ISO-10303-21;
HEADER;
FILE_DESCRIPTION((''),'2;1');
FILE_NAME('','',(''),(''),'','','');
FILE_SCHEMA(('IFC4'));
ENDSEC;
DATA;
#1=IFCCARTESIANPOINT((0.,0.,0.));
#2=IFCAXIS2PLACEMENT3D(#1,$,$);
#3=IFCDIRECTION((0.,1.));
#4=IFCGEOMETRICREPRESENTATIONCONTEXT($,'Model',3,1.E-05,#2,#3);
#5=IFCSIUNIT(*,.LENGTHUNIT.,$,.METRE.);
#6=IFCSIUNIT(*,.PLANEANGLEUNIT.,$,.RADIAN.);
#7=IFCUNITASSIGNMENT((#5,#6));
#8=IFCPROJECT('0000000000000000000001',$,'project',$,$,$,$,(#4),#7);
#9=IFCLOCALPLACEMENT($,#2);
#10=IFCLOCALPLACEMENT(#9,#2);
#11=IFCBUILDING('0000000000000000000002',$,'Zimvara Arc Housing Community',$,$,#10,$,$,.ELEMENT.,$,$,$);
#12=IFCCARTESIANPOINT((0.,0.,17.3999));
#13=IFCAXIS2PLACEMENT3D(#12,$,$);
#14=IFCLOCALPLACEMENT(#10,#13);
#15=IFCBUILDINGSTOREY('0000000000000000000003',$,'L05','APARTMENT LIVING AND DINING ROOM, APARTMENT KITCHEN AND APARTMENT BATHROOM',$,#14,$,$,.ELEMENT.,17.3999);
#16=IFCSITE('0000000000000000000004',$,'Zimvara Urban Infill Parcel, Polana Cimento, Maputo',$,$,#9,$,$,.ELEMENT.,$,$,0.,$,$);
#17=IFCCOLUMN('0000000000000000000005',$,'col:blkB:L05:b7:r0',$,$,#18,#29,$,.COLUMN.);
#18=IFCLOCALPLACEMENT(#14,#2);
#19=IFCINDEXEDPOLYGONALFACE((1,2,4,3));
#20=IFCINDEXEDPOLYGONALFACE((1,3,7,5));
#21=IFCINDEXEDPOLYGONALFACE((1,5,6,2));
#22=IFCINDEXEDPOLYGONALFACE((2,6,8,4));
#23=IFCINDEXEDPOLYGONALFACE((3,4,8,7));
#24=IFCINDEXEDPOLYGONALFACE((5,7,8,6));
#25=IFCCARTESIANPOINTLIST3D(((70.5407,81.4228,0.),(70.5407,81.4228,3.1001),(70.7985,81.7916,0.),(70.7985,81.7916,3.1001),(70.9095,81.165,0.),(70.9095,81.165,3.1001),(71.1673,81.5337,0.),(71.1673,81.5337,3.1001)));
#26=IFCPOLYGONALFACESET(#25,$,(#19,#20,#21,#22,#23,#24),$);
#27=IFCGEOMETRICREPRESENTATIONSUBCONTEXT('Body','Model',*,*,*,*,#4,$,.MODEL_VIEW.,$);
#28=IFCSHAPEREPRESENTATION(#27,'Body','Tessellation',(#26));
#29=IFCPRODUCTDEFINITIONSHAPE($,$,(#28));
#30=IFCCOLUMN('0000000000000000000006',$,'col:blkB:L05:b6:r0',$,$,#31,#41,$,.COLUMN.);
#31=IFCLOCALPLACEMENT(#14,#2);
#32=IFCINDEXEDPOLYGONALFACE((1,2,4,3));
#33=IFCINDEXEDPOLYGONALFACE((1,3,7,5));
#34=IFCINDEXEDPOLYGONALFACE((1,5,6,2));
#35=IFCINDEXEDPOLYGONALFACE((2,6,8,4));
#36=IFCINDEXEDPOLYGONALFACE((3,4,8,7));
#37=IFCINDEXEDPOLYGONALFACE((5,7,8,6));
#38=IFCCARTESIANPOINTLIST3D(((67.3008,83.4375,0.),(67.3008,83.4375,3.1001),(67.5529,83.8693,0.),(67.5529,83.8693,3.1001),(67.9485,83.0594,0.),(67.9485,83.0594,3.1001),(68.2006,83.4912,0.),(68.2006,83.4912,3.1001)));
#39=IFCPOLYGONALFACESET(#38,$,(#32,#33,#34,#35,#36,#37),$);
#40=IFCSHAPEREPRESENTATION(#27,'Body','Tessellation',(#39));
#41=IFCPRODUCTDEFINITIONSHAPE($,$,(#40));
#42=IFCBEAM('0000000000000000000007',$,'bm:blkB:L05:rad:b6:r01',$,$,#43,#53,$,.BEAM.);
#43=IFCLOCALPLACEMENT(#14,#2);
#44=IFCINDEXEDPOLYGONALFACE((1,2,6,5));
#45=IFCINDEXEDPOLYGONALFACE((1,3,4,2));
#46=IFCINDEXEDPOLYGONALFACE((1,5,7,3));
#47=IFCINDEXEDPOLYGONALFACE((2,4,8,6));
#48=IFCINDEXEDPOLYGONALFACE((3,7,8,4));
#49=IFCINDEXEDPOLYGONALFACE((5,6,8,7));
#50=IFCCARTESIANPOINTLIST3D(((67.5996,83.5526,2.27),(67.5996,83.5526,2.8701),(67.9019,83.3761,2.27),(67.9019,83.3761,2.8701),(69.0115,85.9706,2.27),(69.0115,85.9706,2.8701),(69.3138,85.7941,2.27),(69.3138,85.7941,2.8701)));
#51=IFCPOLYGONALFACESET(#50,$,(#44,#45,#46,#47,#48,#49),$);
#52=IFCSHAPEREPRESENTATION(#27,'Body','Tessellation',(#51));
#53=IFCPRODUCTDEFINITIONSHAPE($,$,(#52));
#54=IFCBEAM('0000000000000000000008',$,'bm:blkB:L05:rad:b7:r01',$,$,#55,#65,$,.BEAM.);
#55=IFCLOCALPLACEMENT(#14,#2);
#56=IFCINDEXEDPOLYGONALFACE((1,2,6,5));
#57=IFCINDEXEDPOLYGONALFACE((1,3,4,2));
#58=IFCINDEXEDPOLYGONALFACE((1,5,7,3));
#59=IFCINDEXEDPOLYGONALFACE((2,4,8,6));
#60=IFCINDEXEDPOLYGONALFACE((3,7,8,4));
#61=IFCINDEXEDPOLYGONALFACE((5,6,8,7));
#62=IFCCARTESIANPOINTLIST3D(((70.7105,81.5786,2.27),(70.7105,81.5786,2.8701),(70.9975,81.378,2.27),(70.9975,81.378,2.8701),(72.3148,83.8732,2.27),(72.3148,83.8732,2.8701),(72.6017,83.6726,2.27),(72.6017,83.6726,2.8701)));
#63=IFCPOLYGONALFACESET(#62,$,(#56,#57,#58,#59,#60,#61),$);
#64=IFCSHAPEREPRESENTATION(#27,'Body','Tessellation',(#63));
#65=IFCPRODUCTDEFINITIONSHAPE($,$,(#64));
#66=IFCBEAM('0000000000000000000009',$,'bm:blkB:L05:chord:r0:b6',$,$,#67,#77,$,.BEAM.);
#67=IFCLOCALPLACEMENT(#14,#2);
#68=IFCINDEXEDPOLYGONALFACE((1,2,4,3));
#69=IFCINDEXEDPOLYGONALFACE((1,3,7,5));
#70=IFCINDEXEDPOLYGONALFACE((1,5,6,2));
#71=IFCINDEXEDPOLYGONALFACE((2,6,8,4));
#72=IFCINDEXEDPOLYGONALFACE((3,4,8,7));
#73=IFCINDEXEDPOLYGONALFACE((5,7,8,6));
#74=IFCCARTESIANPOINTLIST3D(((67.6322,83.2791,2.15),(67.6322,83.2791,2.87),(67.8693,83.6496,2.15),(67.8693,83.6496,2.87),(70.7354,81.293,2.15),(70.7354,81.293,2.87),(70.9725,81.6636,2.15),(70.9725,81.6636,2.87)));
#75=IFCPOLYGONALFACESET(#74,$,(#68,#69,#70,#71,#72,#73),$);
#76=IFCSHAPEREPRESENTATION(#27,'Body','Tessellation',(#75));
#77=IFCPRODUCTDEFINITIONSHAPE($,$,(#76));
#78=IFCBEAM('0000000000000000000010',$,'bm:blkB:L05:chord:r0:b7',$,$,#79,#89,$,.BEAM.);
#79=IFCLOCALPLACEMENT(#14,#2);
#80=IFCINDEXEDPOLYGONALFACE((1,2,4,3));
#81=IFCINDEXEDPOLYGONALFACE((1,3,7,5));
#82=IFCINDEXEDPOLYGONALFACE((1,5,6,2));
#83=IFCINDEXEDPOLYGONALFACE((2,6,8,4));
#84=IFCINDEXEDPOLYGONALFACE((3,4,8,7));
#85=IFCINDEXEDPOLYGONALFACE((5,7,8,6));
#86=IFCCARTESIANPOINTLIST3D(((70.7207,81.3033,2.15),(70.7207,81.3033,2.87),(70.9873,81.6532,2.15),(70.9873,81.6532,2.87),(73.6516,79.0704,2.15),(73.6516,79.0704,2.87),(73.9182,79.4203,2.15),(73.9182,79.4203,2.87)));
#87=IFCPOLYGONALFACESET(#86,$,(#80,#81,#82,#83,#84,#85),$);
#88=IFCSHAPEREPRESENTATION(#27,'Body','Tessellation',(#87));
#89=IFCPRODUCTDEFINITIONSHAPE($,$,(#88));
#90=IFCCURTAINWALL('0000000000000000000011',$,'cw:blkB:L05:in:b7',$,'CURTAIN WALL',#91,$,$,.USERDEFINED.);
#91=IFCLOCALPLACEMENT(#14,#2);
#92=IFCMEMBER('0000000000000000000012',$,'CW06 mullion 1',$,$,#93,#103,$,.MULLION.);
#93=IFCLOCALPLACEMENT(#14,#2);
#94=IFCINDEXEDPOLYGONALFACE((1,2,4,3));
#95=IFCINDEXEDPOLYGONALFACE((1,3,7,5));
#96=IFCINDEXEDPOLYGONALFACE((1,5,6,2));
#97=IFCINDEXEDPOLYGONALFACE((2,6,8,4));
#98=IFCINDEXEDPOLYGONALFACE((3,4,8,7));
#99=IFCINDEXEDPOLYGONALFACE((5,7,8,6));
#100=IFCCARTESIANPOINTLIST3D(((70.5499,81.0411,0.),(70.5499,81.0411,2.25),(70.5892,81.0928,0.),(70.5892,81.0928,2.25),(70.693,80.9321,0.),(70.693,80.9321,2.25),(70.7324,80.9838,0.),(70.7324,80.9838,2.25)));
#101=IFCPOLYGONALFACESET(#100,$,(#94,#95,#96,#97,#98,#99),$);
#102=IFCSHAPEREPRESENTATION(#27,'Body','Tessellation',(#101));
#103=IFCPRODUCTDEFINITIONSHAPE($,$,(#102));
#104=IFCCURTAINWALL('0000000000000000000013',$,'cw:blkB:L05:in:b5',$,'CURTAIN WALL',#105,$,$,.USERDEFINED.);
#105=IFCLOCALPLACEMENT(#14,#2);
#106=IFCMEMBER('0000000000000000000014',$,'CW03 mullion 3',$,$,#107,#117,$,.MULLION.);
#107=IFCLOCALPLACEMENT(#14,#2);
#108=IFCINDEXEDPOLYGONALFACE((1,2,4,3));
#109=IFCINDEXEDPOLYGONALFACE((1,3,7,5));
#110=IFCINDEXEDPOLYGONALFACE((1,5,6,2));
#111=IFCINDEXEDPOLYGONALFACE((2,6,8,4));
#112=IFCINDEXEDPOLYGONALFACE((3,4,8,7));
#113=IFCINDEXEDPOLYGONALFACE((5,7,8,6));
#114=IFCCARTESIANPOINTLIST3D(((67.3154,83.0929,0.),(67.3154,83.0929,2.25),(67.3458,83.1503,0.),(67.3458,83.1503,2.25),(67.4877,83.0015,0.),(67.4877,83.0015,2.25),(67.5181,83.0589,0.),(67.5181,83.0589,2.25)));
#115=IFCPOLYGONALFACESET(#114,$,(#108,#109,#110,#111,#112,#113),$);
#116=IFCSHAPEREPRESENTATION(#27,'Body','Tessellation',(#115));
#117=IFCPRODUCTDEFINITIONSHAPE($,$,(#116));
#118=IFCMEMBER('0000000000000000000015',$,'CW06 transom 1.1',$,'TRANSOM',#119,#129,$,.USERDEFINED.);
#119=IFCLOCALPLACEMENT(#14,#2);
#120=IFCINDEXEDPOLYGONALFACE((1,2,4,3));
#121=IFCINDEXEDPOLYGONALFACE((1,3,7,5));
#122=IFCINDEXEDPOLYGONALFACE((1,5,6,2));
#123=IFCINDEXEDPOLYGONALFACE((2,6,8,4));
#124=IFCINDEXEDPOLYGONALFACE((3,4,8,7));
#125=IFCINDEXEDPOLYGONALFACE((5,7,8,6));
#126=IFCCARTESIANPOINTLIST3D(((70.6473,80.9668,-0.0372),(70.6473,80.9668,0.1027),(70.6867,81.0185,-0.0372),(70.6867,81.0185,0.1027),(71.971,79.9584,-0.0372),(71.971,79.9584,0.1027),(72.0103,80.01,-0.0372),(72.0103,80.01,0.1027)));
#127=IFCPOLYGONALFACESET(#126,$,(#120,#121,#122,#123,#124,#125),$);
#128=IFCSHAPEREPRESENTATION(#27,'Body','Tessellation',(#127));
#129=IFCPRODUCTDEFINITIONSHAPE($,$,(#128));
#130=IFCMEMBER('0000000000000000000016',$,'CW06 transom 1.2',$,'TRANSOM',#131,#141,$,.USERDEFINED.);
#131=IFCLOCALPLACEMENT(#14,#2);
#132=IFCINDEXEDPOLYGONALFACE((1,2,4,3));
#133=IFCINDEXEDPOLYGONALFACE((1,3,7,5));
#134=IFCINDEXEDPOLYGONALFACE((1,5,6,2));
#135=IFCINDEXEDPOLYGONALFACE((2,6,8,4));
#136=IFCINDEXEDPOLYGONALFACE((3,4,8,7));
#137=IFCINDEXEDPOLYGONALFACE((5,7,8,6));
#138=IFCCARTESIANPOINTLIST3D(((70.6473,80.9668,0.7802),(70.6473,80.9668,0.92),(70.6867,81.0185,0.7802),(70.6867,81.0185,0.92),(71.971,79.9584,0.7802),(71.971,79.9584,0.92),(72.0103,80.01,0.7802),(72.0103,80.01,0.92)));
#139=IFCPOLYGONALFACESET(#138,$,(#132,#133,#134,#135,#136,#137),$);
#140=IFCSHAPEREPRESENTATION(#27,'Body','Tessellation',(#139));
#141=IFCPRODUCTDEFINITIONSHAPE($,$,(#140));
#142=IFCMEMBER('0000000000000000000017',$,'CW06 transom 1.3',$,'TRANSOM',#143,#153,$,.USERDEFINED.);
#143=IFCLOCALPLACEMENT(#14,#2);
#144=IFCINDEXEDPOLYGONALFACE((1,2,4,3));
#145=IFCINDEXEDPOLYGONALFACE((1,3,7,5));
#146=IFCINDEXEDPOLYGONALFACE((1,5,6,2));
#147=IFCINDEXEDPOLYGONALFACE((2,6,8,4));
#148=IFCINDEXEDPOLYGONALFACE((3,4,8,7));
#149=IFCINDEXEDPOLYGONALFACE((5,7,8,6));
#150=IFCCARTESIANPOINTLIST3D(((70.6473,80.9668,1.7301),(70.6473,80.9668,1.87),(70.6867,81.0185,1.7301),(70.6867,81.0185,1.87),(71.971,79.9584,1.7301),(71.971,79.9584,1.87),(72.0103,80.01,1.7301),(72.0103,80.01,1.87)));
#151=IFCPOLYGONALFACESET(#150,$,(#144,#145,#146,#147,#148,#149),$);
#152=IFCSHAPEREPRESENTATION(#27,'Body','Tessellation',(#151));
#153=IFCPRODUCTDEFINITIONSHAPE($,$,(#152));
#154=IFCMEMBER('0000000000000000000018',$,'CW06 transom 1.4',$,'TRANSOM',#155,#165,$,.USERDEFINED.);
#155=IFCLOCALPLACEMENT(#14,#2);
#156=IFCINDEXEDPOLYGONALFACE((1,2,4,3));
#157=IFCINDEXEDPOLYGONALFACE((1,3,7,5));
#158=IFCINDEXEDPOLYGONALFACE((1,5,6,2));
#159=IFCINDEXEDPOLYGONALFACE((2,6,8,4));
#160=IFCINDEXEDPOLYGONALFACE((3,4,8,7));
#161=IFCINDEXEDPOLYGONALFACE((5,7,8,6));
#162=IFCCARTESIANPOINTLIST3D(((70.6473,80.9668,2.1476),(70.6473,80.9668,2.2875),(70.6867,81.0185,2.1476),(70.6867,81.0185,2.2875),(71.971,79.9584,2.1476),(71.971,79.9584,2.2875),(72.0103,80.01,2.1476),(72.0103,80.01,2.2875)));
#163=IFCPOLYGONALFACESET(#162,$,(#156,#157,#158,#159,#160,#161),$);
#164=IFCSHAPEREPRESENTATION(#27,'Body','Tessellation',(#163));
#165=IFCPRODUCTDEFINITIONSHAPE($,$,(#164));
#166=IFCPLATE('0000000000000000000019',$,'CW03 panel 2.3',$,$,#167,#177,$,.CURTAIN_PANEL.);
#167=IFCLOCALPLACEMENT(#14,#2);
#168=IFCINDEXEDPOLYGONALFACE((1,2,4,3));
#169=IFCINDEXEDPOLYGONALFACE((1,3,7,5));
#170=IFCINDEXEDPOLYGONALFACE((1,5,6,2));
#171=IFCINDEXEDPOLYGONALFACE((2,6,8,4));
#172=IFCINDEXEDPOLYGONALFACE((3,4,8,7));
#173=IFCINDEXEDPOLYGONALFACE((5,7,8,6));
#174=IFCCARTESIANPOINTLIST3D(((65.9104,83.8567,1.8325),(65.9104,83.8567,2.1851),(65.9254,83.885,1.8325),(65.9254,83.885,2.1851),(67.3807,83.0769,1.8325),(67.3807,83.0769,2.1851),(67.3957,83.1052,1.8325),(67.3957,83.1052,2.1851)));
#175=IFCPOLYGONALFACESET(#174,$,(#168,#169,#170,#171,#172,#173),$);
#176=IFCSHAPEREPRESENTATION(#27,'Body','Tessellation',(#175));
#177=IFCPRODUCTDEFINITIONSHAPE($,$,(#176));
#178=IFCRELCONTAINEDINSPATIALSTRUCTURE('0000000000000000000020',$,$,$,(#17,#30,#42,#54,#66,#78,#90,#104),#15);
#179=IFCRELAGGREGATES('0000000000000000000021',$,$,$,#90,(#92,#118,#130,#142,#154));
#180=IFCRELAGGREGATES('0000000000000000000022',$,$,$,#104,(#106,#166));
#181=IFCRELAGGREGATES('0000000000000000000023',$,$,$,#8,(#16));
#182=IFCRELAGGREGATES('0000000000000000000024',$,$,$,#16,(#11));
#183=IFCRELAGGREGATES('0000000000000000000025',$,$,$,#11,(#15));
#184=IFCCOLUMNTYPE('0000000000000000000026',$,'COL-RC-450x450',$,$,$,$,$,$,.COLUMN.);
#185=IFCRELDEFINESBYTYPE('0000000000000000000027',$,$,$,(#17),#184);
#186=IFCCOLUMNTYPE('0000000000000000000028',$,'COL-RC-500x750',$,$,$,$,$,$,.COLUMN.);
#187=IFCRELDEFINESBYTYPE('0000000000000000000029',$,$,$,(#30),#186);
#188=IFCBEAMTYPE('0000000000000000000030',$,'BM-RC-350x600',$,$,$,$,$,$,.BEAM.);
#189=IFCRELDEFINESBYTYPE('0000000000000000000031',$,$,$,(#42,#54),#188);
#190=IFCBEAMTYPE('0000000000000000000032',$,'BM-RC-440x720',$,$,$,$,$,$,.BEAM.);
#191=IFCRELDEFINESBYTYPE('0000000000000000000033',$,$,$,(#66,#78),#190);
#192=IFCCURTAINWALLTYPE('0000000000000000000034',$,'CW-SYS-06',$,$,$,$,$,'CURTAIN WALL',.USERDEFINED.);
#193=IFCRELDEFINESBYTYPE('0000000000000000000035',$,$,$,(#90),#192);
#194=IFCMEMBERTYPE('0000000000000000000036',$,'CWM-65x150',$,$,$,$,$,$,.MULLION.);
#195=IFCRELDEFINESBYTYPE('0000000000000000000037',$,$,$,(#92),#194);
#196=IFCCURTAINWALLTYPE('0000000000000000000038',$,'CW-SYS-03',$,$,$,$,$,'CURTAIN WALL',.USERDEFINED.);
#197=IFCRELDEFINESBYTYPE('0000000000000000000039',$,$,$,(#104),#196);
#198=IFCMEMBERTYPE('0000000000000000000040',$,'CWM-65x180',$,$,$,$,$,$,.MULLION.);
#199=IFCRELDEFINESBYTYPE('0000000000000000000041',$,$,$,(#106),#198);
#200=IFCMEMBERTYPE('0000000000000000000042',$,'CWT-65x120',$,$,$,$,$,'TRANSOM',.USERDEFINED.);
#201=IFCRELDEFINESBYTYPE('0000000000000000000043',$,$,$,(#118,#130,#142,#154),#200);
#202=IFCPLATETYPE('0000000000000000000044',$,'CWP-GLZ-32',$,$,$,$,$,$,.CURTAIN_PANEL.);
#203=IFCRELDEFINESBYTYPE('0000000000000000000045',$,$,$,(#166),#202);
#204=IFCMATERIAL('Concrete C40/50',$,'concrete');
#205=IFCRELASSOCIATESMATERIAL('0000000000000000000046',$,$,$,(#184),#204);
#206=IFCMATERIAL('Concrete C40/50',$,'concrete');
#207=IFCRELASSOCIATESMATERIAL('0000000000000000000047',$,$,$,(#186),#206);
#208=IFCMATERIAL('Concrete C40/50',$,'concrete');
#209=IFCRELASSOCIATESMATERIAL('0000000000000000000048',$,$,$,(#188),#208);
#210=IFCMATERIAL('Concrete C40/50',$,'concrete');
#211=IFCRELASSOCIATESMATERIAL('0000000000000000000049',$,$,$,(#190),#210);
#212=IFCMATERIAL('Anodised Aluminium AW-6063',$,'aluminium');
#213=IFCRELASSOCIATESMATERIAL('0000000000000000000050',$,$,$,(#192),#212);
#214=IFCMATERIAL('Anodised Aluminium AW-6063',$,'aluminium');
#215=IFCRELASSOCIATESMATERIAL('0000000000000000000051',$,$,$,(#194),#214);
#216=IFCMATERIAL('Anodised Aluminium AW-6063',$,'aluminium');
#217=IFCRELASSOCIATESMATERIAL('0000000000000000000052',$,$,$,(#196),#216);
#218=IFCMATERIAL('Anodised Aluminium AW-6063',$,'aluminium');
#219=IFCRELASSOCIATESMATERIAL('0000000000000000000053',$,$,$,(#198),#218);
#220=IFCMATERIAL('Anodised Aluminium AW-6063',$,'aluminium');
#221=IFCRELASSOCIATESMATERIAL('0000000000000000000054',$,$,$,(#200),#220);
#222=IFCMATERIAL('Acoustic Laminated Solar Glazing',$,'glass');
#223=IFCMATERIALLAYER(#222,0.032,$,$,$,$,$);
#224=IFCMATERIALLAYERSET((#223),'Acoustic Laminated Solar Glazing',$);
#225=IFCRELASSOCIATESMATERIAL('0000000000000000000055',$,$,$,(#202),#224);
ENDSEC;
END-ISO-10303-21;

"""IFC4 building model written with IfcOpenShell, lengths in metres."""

from ifc_helpers import new_model, si_unit, direction, frame, origin, origin_2d, place, context, subcontext, project, spatial, rectangle, extrude, material, layer, layer_set, material_profile, profile_set, type_object, element, aggregate, save


model = new_model("IFC4")

# Units and contexts
model_context = context("Model", 3, precision=1e-05, world=origin(), true_north=direction((0.0, 1.0)))
body_context = subcontext(model_context, "Body", "Model", "MODEL_VIEW")
ifc_project = project(units=[si_unit("LENGTHUNIT", "METRE"), si_unit("PLANEANGLEUNIT", "RADIAN")], contexts=[model_context])

# Site, building, storey
site_placement = place(None, origin())
site = spatial("IfcSite", under=ifc_project, at=site_placement, Name="Zimvara Urban Infill Parcel, Polana Cimento, Maputo", CompositionType="ELEMENT", RefElevation=0.0)
building_placement = place(site_placement, origin())
building = spatial("IfcBuilding", under=site, at=building_placement, Name="Zimvara Arc Housing Community", CompositionType="ELEMENT")
storey_placement = place(building_placement, frame((0.0, 0.0, 17.3999)))
storey = spatial("IfcBuildingStorey", under=building, at=storey_placement, Name="L05", Description="APARTMENT LIVING AND DINING ROOM, APARTMENT KITCHEN AND APARTMENT BATHROOM", CompositionType="ELEMENT", Elevation=17.3999)

# Columns
ifc_material_1 = material(Name="Concrete C40/50", Category="concrete")
ifc_material_profile_1 = material_profile(ifc_material_1, rectangle(XDim=0.45, YDim=0.45, at=origin_2d()), Name="RC 450x450")
ifc_profile_set_1 = profile_set([ifc_material_profile_1], Name="Concrete C40/50")
column_type_1 = type_object("IfcColumnType", Name="COL-RC-450x450", PredefinedType="COLUMN", material=ifc_profile_set_1)
column_1_placement = place(storey_placement, frame((70.854, 81.4783, 0.0), z_axis=(0.0, 0.0, 1.0), x_axis=(0.573004, 0.819552, 0.0)))
element("IfcColumn", 1, at=column_1_placement, inside=storey, type_object=column_type_1, Name="col:blkB:L05:b7:r0", PredefinedType="COLUMN", context=body_context, shape_type="SweptSolid", body=[
    extrude(rectangle(XDim=0.45, YDim=0.45, at=origin_2d()), origin(), (0.0, 0.0, 1.0), 3.1001),
])
ifc_material_2 = material(Name="Concrete C40/50", Category="concrete")
ifc_material_profile_2 = material_profile(ifc_material_2, rectangle(XDim=0.5, YDim=0.75, at=origin_2d()), Name="RC 500x750")
ifc_profile_set_2 = profile_set([ifc_material_profile_2], Name="Concrete C40/50")
column_type_2 = type_object("IfcColumnType", Name="COL-RC-500x750", PredefinedType="COLUMN", material=ifc_profile_set_2)
column_2_placement = place(storey_placement, frame((67.7507, 83.4644, 0.0), z_axis=(0.0, 0.0, 1.0), x_axis=(0.504226, 0.863572, 0.0)))
element("IfcColumn", 2, at=column_2_placement, inside=storey, type_object=column_type_2, Name="col:blkB:L05:b6:r0", PredefinedType="COLUMN", context=body_context, shape_type="SweptSolid", body=[
    extrude(rectangle(XDim=0.5, YDim=0.75, at=origin_2d()), origin(), (0.0, 0.0, 1.0), 3.1001),
])

# Beams
ifc_material_3 = material(Name="Concrete C40/50", Category="concrete")
ifc_material_profile_3 = material_profile(ifc_material_3, rectangle(XDim=0.3501, YDim=0.6001, at=origin_2d()), Name="RC 350x600")
ifc_profile_set_3 = profile_set([ifc_material_profile_3], Name="Concrete C40/50")
beam_type_1 = type_object("IfcBeamType", Name="BM-RC-350x600", PredefinedType="BEAM", material=ifc_profile_set_3)
beam_1_placement = place(storey_placement, frame((67.7507, 83.4644, 2.5701), z_axis=(0.50424, 0.863564, 0.0), x_axis=(-0.863564, 0.50424, 0.0)))
element("IfcBeam", 3, at=beam_1_placement, inside=storey, type_object=beam_type_1, Name="bm:blkB:L05:rad:b6:r01", PredefinedType="BEAM", context=body_context, shape_type="SweptSolid", body=[
    extrude(rectangle(XDim=0.3501, YDim=0.6001, at=origin_2d()), origin(), (0.0, 0.0, 1.0), 2.8),
])
beam_2_placement = place(storey_placement, frame((70.854, 81.4783, 2.5701), z_axis=(0.572977, 0.819572, 0.0), x_axis=(-0.819572, 0.572977, 0.0)))
element("IfcBeam", 4, at=beam_2_placement, inside=storey, type_object=beam_type_1, Name="bm:blkB:L05:rad:b7:r01", PredefinedType="BEAM", context=body_context, shape_type="SweptSolid", body=[
    extrude(rectangle(XDim=0.3501, YDim=0.6001, at=origin_2d()), origin(), (0.0, 0.0, 1.0), 2.7998),
])
ifc_material_4 = material(Name="Concrete C40/50", Category="concrete")
ifc_material_profile_4 = material_profile(ifc_material_4, rectangle(XDim=0.4399, YDim=0.72, at=origin_2d()), Name="RC 440x720")
ifc_profile_set_4 = profile_set([ifc_material_profile_4], Name="Concrete C40/50")
beam_type_2 = type_object("IfcBeamType", Name="BM-RC-440x720", PredefinedType="BEAM", material=ifc_profile_set_4)
beam_3_placement = place(storey_placement, frame((67.7507, 83.4644, 2.51), z_axis=(0.842273, -0.539052, 0.0), x_axis=(0.539052, 0.842273, 0.0)))
element("IfcBeam", 5, at=beam_3_placement, inside=storey, type_object=beam_type_2, Name="bm:blkB:L05:chord:r0:b6", PredefinedType="BEAM", context=body_context, shape_type="SweptSolid", body=[
    extrude(rectangle(XDim=0.4399, YDim=0.72, at=origin_2d()), origin(), (0.0, 0.0, 1.0), 3.6843),
])
beam_4_placement = place(storey_placement, frame((70.854, 81.4783, 2.51), z_axis=(0.795453, -0.606015, 0.0), x_axis=(0.606015, 0.795453, 0.0)))
element("IfcBeam", 6, at=beam_4_placement, inside=storey, type_object=beam_type_2, Name="bm:blkB:L05:chord:r0:b7", PredefinedType="BEAM", context=body_context, shape_type="SweptSolid", body=[
    extrude(rectangle(XDim=0.4399, YDim=0.72, at=origin_2d()), origin(), (0.0, 0.0, 1.0), 3.6846),
])

# Curtain walls, members
ifc_material_5 = material(Name="Anodised Aluminium AW-6063", Category="aluminium")
curtain_wall_type_1 = type_object("IfcCurtainWallType", Name="CW-SYS-06", ElementType="CURTAIN WALL", PredefinedType="USERDEFINED", material=ifc_material_5)
curtain_wall_1_placement = place(storey_placement, origin())
curtain_wall_1 = element("IfcCurtainWall", 7, at=curtain_wall_1_placement, inside=storey, type_object=curtain_wall_type_1, Name="cw:blkB:L05:in:b7", ObjectType="CURTAIN WALL", PredefinedType="USERDEFINED")
ifc_material_6 = material(Name="Anodised Aluminium AW-6063", Category="aluminium")
ifc_material_profile_5 = material_profile(ifc_material_6, rectangle(XDim=0.0649, YDim=0.1799, at=origin_2d()), Name="ALU 65x180")
ifc_profile_set_5 = profile_set([ifc_material_profile_5], Name="Anodised Aluminium AW-6063")
member_type_1 = type_object("IfcMemberType", Name="CWM-65x150", PredefinedType="MULLION", material=ifc_profile_set_5)
member_1_placement = place(storey_placement, frame((70.6411, 81.0125, 0.0), z_axis=(0.0, 0.0, 1.0), x_axis=(0.605988, 0.795474, 0.0)))
member_1 = element("IfcMember", 8, at=member_1_placement, type_object=member_type_1, Name="CW06 mullion 1", PredefinedType="MULLION", context=body_context, shape_type="SweptSolid", body=[
    extrude(rectangle(XDim=0.0649, YDim=0.1799, at=origin_2d()), origin(), (0.0, 0.0, 1.0), 2.25),
])
ifc_material_7 = material(Name="Anodised Aluminium AW-6063", Category="aluminium")
curtain_wall_type_2 = type_object("IfcCurtainWallType", Name="CW-SYS-03", ElementType="CURTAIN WALL", PredefinedType="USERDEFINED", material=ifc_material_7)
curtain_wall_2_placement = place(storey_placement, origin())
curtain_wall_2 = element("IfcCurtainWall", 9, at=curtain_wall_2_placement, inside=storey, type_object=curtain_wall_type_2, Name="cw:blkB:L05:in:b5", ObjectType="CURTAIN WALL", PredefinedType="USERDEFINED")
ifc_material_8 = material(Name="Anodised Aluminium AW-6063", Category="aluminium")
ifc_material_profile_6 = material_profile(ifc_material_8, rectangle(XDim=0.0649, YDim=0.1951, at=origin_2d()), Name="ALU 65x195")
ifc_profile_set_6 = profile_set([ifc_material_profile_6], Name="Anodised Aluminium AW-6063")
member_type_2 = type_object("IfcMemberType", Name="CWM-65x180", PredefinedType="MULLION", material=ifc_profile_set_6)
member_2_placement = place(storey_placement, frame((67.4167, 83.0759, 0.0), z_axis=(0.0, 0.0, 1.0), x_axis=(0.468545, 0.88344, 0.0)))
member_2 = element("IfcMember", 10, at=member_2_placement, type_object=member_type_2, Name="CW03 mullion 3", PredefinedType="MULLION", context=body_context, shape_type="SweptSolid", body=[
    extrude(rectangle(XDim=0.0649, YDim=0.1951, at=origin_2d()), origin(), (0.0, 0.0, 1.0), 2.25),
])

# Members
ifc_material_9 = material(Name="Anodised Aluminium AW-6063", Category="aluminium")
ifc_material_profile_7 = material_profile(ifc_material_9, rectangle(XDim=0.0649, YDim=0.1399, at=origin_2d()), Name="ALU 65x140")
ifc_profile_set_7 = profile_set([ifc_material_profile_7], Name="Anodised Aluminium AW-6063")
member_type_3 = type_object("IfcMemberType", Name="CWT-65x120", ElementType="TRANSOM", PredefinedType="USERDEFINED", material=ifc_profile_set_7)
member_3_placement = place(storey_placement, frame((70.667, 80.9927, 0.0327), z_axis=(0.795435, -0.606039, 0.0), x_axis=(0.606039, 0.795435, 0.0)))
member_3 = element("IfcMember", 11, at=member_3_placement, type_object=member_type_3, Name="CW06 transom 1.1", ObjectType="TRANSOM", PredefinedType="USERDEFINED", context=body_context, shape_type="SweptSolid", body=[
    extrude(rectangle(XDim=0.0649, YDim=0.1399, at=origin_2d()), origin(), (0.0, 0.0, 1.0), 1.6641),
])
member_4_placement = place(storey_placement, frame((70.667, 80.9927, 0.8501), z_axis=(0.795435, -0.606039, 0.0), x_axis=(0.606039, 0.795435, 0.0)))
member_4 = element("IfcMember", 12, at=member_4_placement, type_object=member_type_3, Name="CW06 transom 1.2", ObjectType="TRANSOM", PredefinedType="USERDEFINED", context=body_context, shape_type="SweptSolid", body=[
    extrude(rectangle(XDim=0.0649, YDim=0.1399, at=origin_2d()), origin(), (0.0, 0.0, 1.0), 1.6641),
])
member_5_placement = place(storey_placement, frame((70.667, 80.9927, 1.8), z_axis=(0.795435, -0.606039, 0.0), x_axis=(0.606039, 0.795435, 0.0)))
member_5 = element("IfcMember", 13, at=member_5_placement, type_object=member_type_3, Name="CW06 transom 1.3", ObjectType="TRANSOM", PredefinedType="USERDEFINED", context=body_context, shape_type="SweptSolid", body=[
    extrude(rectangle(XDim=0.0649, YDim=0.1399, at=origin_2d()), origin(), (0.0, 0.0, 1.0), 1.6641),
])
member_6_placement = place(storey_placement, frame((70.667, 80.9927, 2.2175), z_axis=(0.795435, -0.606039, 0.0), x_axis=(0.606039, 0.795435, 0.0)))
member_6 = element("IfcMember", 14, at=member_6_placement, type_object=member_type_3, Name="CW06 transom 1.4", ObjectType="TRANSOM", PredefinedType="USERDEFINED", context=body_context, shape_type="SweptSolid", body=[
    extrude(rectangle(XDim=0.0649, YDim=0.1399, at=origin_2d()), origin(), (0.0, 0.0, 1.0), 1.6641),
])
aggregate(curtain_wall_1, [member_1, member_3, member_4, member_5, member_6])

# Plate
ifc_material_10 = material(Name="Acoustic Laminated Solar Glazing", Category="glass")
ifc_layer_1 = layer(ifc_material_10, 0.032)
ifc_layer_set_1 = layer_set([ifc_layer_1], Name="Acoustic Laminated Solar Glazing")
plate_type = type_object("IfcPlateType", Name="CWP-GLZ-32", PredefinedType="CURTAIN_PANEL", material=ifc_layer_set_1)
plate_placement = place(storey_placement, frame((66.6531, 83.481, 1.8325), z_axis=(0.0, 0.0, 1.0), x_axis=(0.88344, -0.468545, 0.0)))
plate = element("IfcPlate", 15, at=plate_placement, type_object=plate_type, Name="CW03 panel 2.3", PredefinedType="CURTAIN_PANEL", context=body_context, shape_type="SweptSolid", body=[
    extrude(rectangle(XDim=1.6643, YDim=0.032, at=origin_2d()), origin(), (0.0, 0.0, 1.0), 0.3525),
])
aggregate(curtain_wall_2, [member_2, plate])

save(model, "model.ifc")
